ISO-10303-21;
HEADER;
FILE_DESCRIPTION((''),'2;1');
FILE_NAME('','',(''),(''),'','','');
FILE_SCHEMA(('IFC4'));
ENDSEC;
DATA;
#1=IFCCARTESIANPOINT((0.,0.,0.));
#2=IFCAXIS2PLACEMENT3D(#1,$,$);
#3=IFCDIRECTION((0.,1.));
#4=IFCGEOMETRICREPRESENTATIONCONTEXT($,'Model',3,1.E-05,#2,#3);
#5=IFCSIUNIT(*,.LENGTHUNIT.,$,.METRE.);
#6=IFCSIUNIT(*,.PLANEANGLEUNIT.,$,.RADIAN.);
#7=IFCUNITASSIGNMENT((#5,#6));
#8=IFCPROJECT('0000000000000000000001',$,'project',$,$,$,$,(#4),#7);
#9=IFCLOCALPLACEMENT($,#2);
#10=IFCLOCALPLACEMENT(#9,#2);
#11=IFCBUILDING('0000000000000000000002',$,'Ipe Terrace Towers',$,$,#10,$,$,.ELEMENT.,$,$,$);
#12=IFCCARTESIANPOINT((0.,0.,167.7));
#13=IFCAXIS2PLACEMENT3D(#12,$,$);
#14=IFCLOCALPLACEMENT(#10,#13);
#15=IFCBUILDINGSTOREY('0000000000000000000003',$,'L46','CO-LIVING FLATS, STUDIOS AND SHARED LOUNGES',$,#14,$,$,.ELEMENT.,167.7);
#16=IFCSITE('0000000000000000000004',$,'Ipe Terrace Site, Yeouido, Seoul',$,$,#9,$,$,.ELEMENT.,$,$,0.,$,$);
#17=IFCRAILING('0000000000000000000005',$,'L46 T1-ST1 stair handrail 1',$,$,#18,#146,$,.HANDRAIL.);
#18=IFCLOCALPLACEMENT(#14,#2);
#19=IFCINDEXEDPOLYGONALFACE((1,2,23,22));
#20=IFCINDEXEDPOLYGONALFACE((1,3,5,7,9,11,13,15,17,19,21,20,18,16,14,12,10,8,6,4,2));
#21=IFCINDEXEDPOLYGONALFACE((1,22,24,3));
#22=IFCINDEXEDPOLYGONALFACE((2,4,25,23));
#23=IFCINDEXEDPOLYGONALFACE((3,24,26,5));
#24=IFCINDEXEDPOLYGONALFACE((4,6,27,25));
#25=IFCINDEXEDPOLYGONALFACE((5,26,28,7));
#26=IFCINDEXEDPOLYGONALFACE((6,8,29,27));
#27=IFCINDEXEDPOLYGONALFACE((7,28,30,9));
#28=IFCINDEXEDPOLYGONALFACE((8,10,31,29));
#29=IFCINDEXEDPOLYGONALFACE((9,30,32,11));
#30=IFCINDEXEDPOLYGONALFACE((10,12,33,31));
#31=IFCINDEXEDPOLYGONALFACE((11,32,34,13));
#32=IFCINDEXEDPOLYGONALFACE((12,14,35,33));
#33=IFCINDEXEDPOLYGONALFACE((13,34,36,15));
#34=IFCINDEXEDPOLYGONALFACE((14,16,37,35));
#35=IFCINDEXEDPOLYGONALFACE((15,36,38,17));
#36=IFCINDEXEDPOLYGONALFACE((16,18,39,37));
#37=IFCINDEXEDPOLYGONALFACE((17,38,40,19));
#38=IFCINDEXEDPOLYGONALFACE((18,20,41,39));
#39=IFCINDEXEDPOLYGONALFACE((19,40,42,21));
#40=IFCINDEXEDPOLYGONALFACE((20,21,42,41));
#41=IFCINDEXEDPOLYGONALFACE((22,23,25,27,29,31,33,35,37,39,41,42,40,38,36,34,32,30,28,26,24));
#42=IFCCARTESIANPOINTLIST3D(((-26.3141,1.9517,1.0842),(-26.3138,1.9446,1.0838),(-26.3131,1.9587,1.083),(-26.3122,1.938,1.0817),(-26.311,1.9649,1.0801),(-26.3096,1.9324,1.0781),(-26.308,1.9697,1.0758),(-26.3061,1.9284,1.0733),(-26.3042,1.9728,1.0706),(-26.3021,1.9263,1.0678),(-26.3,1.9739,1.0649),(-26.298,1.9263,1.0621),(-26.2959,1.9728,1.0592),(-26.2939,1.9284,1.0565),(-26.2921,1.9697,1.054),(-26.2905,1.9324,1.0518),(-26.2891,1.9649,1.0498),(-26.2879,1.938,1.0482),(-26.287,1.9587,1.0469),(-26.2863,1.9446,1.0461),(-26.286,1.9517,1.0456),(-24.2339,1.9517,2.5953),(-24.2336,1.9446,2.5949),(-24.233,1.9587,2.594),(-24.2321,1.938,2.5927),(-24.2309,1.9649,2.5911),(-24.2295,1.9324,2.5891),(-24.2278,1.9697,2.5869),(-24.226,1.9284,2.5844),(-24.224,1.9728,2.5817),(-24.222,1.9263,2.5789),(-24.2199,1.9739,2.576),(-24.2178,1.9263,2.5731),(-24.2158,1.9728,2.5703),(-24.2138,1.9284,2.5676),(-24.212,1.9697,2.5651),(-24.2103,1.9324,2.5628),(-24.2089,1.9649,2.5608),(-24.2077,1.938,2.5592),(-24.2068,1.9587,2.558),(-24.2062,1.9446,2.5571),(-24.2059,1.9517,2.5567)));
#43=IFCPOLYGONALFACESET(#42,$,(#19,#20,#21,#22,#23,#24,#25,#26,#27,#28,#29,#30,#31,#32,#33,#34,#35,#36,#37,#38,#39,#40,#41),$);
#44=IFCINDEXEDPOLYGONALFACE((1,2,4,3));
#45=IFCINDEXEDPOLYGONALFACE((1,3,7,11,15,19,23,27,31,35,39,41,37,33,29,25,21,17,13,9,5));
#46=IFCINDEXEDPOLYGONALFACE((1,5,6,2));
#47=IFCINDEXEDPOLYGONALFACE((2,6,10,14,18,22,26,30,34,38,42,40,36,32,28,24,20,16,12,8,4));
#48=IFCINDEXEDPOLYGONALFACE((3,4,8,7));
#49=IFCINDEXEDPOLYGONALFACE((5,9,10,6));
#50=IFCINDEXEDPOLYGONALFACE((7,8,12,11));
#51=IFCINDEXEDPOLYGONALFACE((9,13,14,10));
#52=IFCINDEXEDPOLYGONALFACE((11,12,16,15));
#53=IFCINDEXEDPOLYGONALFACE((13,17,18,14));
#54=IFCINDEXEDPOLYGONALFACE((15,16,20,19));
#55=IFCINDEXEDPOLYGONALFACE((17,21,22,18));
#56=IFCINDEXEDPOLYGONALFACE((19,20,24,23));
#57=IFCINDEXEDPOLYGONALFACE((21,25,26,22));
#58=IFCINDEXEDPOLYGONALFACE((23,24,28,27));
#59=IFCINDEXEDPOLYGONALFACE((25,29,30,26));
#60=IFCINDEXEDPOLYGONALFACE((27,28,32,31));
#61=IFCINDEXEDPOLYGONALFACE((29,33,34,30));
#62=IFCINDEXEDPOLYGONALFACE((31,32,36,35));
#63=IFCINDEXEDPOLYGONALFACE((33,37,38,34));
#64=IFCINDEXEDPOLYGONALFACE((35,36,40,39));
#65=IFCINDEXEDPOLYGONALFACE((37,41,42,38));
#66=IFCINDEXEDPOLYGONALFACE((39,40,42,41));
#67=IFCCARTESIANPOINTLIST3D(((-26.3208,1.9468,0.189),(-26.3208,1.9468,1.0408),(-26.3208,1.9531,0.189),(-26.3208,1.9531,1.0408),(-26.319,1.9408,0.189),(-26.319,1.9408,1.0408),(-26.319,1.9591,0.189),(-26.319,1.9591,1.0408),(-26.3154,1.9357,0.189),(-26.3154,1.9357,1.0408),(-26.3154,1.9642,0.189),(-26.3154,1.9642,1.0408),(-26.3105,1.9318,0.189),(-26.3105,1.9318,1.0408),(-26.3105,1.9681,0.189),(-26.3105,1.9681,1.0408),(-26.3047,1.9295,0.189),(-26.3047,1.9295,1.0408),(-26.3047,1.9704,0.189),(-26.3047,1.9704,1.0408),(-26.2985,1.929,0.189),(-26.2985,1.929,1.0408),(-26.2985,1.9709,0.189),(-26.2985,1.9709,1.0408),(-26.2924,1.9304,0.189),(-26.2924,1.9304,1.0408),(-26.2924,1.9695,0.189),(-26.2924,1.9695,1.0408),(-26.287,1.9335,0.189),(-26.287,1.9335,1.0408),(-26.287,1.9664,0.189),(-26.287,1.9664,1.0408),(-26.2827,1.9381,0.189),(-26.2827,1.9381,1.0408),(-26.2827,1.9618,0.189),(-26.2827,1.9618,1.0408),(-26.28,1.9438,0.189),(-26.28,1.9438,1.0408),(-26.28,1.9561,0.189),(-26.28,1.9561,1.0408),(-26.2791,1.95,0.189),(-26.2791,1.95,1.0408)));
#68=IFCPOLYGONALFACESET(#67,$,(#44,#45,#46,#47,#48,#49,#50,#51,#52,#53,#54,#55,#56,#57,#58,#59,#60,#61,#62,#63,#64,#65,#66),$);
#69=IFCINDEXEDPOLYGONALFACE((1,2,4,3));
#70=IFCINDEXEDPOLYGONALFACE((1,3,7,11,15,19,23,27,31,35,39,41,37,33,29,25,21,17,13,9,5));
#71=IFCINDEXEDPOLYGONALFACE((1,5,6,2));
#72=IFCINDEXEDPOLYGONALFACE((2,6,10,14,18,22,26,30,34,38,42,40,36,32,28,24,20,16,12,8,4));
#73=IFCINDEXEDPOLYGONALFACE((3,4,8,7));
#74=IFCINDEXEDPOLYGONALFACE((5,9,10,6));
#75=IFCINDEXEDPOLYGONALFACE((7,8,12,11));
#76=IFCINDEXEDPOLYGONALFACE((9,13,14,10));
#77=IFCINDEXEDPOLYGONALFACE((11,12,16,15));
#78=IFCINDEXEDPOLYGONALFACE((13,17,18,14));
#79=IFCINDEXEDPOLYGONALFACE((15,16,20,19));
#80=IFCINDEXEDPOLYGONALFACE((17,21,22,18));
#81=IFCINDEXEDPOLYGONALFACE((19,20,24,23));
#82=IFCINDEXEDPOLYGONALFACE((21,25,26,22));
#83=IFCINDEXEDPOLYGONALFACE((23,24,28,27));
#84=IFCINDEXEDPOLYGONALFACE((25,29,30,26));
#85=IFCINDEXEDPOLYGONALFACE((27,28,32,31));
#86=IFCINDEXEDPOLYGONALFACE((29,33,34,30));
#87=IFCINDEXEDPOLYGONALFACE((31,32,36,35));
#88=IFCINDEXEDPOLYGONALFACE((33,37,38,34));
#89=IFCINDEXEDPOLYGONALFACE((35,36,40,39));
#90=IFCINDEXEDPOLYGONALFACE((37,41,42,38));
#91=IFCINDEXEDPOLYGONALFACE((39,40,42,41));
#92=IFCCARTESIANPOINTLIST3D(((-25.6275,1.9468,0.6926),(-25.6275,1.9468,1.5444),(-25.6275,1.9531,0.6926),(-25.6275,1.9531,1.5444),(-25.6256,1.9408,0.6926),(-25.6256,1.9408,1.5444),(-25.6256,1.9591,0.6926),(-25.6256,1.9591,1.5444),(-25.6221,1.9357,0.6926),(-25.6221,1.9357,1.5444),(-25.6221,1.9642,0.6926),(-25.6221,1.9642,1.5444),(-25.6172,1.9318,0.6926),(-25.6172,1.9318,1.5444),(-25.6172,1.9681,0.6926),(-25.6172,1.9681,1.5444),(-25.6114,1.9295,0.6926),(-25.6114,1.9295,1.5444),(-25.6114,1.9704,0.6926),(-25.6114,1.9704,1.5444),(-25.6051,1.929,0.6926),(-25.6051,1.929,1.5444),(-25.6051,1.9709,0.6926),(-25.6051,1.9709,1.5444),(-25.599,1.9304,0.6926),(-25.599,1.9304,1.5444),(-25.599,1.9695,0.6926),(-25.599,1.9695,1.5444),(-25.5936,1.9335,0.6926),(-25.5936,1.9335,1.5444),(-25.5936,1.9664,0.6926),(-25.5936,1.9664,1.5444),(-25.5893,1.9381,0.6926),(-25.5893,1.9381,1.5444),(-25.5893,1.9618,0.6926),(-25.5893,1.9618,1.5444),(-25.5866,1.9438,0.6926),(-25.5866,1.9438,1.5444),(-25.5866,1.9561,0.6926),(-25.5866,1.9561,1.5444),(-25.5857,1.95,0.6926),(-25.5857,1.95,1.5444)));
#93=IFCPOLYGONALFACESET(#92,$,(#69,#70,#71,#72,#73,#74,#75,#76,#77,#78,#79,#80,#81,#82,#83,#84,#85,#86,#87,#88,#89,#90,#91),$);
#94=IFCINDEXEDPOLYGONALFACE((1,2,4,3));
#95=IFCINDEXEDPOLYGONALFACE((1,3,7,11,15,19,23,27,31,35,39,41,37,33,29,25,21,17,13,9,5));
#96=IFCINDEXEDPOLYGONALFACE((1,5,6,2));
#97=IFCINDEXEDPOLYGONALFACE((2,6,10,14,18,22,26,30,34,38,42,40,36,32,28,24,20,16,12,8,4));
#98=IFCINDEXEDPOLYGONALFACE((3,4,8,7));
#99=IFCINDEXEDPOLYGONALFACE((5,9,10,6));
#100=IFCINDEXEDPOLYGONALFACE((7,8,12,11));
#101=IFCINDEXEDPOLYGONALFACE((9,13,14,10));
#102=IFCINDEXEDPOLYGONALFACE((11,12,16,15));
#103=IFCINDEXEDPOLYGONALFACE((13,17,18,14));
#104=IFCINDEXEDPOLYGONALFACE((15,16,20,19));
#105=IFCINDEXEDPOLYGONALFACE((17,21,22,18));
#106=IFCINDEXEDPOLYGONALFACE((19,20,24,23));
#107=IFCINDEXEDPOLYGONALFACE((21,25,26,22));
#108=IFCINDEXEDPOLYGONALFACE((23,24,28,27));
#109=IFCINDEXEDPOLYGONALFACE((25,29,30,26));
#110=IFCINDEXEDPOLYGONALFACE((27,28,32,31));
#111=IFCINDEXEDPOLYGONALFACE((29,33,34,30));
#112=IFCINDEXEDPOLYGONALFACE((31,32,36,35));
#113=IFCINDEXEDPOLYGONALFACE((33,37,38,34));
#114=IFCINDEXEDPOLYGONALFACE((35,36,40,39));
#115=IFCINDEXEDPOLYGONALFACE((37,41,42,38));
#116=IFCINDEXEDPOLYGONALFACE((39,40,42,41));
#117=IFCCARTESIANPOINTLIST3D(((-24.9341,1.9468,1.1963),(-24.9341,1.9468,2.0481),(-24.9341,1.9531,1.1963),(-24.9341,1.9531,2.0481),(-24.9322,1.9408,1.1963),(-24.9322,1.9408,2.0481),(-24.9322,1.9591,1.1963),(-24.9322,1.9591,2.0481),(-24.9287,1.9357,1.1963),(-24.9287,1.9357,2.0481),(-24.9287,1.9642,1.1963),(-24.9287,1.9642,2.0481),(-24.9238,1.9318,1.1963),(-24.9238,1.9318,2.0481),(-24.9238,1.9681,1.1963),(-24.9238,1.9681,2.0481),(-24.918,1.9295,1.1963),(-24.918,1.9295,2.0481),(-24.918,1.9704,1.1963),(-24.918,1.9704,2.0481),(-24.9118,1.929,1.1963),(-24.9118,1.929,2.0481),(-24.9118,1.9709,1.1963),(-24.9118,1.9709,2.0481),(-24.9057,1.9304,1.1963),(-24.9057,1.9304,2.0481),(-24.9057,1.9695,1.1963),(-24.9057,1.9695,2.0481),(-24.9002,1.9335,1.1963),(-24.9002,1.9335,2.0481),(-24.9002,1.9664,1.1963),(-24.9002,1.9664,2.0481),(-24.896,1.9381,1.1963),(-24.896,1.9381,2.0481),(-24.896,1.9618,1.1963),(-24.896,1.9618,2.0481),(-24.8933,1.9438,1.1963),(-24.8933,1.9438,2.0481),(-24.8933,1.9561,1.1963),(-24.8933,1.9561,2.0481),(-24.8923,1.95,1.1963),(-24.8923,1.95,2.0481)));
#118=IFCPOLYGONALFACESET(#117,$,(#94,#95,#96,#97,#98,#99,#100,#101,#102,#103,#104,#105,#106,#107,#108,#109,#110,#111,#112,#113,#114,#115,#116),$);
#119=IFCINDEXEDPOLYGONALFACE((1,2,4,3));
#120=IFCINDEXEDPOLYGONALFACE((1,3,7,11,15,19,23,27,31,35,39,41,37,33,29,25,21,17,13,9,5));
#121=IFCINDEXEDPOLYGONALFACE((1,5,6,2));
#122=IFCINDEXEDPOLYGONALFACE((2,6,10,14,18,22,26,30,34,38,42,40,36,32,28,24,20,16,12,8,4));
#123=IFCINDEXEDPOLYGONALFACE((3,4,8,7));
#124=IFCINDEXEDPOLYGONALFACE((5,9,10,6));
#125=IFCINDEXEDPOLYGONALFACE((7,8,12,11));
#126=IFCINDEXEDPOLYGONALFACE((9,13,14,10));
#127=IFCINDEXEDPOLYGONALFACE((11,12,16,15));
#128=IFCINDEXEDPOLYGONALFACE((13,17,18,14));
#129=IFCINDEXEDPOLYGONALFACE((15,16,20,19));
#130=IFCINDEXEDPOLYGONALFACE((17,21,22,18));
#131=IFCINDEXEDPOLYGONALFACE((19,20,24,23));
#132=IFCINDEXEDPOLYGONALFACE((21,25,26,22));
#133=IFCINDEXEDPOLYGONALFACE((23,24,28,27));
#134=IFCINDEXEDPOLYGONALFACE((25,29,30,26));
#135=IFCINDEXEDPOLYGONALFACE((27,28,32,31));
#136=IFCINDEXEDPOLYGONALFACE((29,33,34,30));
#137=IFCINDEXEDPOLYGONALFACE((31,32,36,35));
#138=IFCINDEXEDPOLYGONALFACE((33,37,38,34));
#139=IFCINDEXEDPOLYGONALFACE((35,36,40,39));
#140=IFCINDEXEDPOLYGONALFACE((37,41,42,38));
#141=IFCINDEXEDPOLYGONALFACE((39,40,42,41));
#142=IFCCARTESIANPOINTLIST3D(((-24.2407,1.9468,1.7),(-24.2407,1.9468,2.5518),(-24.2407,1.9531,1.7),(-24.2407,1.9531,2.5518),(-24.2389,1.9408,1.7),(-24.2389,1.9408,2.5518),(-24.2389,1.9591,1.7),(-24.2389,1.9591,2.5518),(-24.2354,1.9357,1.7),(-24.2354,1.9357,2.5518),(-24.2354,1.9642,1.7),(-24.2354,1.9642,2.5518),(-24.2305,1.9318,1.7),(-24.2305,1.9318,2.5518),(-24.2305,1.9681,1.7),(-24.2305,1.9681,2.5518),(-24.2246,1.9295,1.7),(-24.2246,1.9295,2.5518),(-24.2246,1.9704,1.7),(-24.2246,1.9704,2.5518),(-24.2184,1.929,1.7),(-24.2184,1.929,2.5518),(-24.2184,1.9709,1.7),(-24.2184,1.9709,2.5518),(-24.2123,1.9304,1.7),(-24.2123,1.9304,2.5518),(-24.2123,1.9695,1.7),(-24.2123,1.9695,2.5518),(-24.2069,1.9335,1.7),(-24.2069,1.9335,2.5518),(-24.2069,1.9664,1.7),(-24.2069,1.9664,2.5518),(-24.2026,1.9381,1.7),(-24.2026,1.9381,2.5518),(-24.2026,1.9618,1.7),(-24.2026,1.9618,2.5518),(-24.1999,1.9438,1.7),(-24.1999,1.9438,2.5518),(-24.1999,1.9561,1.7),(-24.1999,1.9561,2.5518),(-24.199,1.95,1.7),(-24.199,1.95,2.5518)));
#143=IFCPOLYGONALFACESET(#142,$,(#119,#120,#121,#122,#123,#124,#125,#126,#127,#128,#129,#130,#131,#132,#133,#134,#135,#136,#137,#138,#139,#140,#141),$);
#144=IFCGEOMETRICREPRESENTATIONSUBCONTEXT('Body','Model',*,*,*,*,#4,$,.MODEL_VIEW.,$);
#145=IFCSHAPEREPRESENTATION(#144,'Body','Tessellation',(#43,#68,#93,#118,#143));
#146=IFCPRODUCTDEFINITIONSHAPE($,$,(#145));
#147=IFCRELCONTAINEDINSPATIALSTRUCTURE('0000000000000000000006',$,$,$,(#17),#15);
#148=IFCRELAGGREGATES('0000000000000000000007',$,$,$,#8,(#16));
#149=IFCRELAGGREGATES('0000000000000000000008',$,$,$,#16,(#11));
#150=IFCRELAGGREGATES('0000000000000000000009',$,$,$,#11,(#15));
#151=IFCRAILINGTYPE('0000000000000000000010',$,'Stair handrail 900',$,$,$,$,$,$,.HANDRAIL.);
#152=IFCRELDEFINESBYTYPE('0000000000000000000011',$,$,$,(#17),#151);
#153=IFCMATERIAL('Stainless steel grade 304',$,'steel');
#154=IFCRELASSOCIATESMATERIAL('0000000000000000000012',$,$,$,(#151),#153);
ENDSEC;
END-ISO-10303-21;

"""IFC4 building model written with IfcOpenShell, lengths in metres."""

from ifc_helpers import new_model, si_unit, direction, frame, origin, origin_2d, place, context, subcontext, project, spatial, circle, extrude, material, type_object, element, save


model = new_model("IFC4")

# Units and contexts
model_context = context("Model", 3, precision=1e-05, world=origin(), true_north=direction((0.0, 1.0)))
body_context = subcontext(model_context, "Body", "Model", "MODEL_VIEW")
ifc_project = project(units=[si_unit("LENGTHUNIT", "METRE"), si_unit("PLANEANGLEUNIT", "RADIAN")], contexts=[model_context])

# Site, building, storey
site_placement = place(None, origin())
site = spatial("IfcSite", under=ifc_project, at=site_placement, Name="Ipe Terrace Site, Yeouido, Seoul", CompositionType="ELEMENT", RefElevation=0.0)
building_placement = place(site_placement, origin())
building = spatial("IfcBuilding", under=site, at=building_placement, Name="Ipe Terrace Towers", CompositionType="ELEMENT")
storey_placement = place(building_placement, frame((0.0, 0.0, 167.7)))
storey = spatial("IfcBuildingStorey", under=building, at=storey_placement, Name="L46", Description="CO-LIVING FLATS, STUDIOS AND SHARED LOUNGES", CompositionType="ELEMENT", Elevation=167.7)

# Railing
ifc_material_1 = material(Name="Stainless steel grade 304", Category="steel")
railing_type_1 = type_object("IfcRailingType", Name="Stair handrail 900", PredefinedType="HANDRAIL", material=ifc_material_1)
railing_1_placement = place(storey_placement, frame((-26.3, 1.95, 0.189)))
element("IfcRailing", 1, at=railing_1_placement, inside=storey, type_object=railing_type_1, Name="L46 T1-ST1 stair handrail 1", PredefinedType="HANDRAIL", context=body_context, shape_type="SweptSolid", body=[
    extrude(circle(Radius=0.0239, at=origin_2d()), frame((0.0, 0.0, 0.876), z_axis=(0.809069, 0.0, 0.587714), x_axis=(0.0, 1.0, 0.0)), (0.0, 0.0, 1.0), 2.571),
    extrude(circle(Radius=0.021, at=origin_2d()), origin(), (0.0, 0.0, 1.0), 0.8518),
    extrude(circle(Radius=0.021, at=origin_2d()), frame((0.6934, 0.0, 0.5037)), (0.0, 0.0, 1.0), 0.8518),
    extrude(circle(Radius=0.021, at=origin_2d()), frame((1.3867, 0.0, 1.0073)), (0.0, 0.0, 1.0), 0.8518),
    extrude(circle(Radius=0.021, at=origin_2d()), frame((2.0801, 0.0, 1.511)), (0.0, 0.0, 1.0), 0.8518),
])

save(model, "model.ifc")
